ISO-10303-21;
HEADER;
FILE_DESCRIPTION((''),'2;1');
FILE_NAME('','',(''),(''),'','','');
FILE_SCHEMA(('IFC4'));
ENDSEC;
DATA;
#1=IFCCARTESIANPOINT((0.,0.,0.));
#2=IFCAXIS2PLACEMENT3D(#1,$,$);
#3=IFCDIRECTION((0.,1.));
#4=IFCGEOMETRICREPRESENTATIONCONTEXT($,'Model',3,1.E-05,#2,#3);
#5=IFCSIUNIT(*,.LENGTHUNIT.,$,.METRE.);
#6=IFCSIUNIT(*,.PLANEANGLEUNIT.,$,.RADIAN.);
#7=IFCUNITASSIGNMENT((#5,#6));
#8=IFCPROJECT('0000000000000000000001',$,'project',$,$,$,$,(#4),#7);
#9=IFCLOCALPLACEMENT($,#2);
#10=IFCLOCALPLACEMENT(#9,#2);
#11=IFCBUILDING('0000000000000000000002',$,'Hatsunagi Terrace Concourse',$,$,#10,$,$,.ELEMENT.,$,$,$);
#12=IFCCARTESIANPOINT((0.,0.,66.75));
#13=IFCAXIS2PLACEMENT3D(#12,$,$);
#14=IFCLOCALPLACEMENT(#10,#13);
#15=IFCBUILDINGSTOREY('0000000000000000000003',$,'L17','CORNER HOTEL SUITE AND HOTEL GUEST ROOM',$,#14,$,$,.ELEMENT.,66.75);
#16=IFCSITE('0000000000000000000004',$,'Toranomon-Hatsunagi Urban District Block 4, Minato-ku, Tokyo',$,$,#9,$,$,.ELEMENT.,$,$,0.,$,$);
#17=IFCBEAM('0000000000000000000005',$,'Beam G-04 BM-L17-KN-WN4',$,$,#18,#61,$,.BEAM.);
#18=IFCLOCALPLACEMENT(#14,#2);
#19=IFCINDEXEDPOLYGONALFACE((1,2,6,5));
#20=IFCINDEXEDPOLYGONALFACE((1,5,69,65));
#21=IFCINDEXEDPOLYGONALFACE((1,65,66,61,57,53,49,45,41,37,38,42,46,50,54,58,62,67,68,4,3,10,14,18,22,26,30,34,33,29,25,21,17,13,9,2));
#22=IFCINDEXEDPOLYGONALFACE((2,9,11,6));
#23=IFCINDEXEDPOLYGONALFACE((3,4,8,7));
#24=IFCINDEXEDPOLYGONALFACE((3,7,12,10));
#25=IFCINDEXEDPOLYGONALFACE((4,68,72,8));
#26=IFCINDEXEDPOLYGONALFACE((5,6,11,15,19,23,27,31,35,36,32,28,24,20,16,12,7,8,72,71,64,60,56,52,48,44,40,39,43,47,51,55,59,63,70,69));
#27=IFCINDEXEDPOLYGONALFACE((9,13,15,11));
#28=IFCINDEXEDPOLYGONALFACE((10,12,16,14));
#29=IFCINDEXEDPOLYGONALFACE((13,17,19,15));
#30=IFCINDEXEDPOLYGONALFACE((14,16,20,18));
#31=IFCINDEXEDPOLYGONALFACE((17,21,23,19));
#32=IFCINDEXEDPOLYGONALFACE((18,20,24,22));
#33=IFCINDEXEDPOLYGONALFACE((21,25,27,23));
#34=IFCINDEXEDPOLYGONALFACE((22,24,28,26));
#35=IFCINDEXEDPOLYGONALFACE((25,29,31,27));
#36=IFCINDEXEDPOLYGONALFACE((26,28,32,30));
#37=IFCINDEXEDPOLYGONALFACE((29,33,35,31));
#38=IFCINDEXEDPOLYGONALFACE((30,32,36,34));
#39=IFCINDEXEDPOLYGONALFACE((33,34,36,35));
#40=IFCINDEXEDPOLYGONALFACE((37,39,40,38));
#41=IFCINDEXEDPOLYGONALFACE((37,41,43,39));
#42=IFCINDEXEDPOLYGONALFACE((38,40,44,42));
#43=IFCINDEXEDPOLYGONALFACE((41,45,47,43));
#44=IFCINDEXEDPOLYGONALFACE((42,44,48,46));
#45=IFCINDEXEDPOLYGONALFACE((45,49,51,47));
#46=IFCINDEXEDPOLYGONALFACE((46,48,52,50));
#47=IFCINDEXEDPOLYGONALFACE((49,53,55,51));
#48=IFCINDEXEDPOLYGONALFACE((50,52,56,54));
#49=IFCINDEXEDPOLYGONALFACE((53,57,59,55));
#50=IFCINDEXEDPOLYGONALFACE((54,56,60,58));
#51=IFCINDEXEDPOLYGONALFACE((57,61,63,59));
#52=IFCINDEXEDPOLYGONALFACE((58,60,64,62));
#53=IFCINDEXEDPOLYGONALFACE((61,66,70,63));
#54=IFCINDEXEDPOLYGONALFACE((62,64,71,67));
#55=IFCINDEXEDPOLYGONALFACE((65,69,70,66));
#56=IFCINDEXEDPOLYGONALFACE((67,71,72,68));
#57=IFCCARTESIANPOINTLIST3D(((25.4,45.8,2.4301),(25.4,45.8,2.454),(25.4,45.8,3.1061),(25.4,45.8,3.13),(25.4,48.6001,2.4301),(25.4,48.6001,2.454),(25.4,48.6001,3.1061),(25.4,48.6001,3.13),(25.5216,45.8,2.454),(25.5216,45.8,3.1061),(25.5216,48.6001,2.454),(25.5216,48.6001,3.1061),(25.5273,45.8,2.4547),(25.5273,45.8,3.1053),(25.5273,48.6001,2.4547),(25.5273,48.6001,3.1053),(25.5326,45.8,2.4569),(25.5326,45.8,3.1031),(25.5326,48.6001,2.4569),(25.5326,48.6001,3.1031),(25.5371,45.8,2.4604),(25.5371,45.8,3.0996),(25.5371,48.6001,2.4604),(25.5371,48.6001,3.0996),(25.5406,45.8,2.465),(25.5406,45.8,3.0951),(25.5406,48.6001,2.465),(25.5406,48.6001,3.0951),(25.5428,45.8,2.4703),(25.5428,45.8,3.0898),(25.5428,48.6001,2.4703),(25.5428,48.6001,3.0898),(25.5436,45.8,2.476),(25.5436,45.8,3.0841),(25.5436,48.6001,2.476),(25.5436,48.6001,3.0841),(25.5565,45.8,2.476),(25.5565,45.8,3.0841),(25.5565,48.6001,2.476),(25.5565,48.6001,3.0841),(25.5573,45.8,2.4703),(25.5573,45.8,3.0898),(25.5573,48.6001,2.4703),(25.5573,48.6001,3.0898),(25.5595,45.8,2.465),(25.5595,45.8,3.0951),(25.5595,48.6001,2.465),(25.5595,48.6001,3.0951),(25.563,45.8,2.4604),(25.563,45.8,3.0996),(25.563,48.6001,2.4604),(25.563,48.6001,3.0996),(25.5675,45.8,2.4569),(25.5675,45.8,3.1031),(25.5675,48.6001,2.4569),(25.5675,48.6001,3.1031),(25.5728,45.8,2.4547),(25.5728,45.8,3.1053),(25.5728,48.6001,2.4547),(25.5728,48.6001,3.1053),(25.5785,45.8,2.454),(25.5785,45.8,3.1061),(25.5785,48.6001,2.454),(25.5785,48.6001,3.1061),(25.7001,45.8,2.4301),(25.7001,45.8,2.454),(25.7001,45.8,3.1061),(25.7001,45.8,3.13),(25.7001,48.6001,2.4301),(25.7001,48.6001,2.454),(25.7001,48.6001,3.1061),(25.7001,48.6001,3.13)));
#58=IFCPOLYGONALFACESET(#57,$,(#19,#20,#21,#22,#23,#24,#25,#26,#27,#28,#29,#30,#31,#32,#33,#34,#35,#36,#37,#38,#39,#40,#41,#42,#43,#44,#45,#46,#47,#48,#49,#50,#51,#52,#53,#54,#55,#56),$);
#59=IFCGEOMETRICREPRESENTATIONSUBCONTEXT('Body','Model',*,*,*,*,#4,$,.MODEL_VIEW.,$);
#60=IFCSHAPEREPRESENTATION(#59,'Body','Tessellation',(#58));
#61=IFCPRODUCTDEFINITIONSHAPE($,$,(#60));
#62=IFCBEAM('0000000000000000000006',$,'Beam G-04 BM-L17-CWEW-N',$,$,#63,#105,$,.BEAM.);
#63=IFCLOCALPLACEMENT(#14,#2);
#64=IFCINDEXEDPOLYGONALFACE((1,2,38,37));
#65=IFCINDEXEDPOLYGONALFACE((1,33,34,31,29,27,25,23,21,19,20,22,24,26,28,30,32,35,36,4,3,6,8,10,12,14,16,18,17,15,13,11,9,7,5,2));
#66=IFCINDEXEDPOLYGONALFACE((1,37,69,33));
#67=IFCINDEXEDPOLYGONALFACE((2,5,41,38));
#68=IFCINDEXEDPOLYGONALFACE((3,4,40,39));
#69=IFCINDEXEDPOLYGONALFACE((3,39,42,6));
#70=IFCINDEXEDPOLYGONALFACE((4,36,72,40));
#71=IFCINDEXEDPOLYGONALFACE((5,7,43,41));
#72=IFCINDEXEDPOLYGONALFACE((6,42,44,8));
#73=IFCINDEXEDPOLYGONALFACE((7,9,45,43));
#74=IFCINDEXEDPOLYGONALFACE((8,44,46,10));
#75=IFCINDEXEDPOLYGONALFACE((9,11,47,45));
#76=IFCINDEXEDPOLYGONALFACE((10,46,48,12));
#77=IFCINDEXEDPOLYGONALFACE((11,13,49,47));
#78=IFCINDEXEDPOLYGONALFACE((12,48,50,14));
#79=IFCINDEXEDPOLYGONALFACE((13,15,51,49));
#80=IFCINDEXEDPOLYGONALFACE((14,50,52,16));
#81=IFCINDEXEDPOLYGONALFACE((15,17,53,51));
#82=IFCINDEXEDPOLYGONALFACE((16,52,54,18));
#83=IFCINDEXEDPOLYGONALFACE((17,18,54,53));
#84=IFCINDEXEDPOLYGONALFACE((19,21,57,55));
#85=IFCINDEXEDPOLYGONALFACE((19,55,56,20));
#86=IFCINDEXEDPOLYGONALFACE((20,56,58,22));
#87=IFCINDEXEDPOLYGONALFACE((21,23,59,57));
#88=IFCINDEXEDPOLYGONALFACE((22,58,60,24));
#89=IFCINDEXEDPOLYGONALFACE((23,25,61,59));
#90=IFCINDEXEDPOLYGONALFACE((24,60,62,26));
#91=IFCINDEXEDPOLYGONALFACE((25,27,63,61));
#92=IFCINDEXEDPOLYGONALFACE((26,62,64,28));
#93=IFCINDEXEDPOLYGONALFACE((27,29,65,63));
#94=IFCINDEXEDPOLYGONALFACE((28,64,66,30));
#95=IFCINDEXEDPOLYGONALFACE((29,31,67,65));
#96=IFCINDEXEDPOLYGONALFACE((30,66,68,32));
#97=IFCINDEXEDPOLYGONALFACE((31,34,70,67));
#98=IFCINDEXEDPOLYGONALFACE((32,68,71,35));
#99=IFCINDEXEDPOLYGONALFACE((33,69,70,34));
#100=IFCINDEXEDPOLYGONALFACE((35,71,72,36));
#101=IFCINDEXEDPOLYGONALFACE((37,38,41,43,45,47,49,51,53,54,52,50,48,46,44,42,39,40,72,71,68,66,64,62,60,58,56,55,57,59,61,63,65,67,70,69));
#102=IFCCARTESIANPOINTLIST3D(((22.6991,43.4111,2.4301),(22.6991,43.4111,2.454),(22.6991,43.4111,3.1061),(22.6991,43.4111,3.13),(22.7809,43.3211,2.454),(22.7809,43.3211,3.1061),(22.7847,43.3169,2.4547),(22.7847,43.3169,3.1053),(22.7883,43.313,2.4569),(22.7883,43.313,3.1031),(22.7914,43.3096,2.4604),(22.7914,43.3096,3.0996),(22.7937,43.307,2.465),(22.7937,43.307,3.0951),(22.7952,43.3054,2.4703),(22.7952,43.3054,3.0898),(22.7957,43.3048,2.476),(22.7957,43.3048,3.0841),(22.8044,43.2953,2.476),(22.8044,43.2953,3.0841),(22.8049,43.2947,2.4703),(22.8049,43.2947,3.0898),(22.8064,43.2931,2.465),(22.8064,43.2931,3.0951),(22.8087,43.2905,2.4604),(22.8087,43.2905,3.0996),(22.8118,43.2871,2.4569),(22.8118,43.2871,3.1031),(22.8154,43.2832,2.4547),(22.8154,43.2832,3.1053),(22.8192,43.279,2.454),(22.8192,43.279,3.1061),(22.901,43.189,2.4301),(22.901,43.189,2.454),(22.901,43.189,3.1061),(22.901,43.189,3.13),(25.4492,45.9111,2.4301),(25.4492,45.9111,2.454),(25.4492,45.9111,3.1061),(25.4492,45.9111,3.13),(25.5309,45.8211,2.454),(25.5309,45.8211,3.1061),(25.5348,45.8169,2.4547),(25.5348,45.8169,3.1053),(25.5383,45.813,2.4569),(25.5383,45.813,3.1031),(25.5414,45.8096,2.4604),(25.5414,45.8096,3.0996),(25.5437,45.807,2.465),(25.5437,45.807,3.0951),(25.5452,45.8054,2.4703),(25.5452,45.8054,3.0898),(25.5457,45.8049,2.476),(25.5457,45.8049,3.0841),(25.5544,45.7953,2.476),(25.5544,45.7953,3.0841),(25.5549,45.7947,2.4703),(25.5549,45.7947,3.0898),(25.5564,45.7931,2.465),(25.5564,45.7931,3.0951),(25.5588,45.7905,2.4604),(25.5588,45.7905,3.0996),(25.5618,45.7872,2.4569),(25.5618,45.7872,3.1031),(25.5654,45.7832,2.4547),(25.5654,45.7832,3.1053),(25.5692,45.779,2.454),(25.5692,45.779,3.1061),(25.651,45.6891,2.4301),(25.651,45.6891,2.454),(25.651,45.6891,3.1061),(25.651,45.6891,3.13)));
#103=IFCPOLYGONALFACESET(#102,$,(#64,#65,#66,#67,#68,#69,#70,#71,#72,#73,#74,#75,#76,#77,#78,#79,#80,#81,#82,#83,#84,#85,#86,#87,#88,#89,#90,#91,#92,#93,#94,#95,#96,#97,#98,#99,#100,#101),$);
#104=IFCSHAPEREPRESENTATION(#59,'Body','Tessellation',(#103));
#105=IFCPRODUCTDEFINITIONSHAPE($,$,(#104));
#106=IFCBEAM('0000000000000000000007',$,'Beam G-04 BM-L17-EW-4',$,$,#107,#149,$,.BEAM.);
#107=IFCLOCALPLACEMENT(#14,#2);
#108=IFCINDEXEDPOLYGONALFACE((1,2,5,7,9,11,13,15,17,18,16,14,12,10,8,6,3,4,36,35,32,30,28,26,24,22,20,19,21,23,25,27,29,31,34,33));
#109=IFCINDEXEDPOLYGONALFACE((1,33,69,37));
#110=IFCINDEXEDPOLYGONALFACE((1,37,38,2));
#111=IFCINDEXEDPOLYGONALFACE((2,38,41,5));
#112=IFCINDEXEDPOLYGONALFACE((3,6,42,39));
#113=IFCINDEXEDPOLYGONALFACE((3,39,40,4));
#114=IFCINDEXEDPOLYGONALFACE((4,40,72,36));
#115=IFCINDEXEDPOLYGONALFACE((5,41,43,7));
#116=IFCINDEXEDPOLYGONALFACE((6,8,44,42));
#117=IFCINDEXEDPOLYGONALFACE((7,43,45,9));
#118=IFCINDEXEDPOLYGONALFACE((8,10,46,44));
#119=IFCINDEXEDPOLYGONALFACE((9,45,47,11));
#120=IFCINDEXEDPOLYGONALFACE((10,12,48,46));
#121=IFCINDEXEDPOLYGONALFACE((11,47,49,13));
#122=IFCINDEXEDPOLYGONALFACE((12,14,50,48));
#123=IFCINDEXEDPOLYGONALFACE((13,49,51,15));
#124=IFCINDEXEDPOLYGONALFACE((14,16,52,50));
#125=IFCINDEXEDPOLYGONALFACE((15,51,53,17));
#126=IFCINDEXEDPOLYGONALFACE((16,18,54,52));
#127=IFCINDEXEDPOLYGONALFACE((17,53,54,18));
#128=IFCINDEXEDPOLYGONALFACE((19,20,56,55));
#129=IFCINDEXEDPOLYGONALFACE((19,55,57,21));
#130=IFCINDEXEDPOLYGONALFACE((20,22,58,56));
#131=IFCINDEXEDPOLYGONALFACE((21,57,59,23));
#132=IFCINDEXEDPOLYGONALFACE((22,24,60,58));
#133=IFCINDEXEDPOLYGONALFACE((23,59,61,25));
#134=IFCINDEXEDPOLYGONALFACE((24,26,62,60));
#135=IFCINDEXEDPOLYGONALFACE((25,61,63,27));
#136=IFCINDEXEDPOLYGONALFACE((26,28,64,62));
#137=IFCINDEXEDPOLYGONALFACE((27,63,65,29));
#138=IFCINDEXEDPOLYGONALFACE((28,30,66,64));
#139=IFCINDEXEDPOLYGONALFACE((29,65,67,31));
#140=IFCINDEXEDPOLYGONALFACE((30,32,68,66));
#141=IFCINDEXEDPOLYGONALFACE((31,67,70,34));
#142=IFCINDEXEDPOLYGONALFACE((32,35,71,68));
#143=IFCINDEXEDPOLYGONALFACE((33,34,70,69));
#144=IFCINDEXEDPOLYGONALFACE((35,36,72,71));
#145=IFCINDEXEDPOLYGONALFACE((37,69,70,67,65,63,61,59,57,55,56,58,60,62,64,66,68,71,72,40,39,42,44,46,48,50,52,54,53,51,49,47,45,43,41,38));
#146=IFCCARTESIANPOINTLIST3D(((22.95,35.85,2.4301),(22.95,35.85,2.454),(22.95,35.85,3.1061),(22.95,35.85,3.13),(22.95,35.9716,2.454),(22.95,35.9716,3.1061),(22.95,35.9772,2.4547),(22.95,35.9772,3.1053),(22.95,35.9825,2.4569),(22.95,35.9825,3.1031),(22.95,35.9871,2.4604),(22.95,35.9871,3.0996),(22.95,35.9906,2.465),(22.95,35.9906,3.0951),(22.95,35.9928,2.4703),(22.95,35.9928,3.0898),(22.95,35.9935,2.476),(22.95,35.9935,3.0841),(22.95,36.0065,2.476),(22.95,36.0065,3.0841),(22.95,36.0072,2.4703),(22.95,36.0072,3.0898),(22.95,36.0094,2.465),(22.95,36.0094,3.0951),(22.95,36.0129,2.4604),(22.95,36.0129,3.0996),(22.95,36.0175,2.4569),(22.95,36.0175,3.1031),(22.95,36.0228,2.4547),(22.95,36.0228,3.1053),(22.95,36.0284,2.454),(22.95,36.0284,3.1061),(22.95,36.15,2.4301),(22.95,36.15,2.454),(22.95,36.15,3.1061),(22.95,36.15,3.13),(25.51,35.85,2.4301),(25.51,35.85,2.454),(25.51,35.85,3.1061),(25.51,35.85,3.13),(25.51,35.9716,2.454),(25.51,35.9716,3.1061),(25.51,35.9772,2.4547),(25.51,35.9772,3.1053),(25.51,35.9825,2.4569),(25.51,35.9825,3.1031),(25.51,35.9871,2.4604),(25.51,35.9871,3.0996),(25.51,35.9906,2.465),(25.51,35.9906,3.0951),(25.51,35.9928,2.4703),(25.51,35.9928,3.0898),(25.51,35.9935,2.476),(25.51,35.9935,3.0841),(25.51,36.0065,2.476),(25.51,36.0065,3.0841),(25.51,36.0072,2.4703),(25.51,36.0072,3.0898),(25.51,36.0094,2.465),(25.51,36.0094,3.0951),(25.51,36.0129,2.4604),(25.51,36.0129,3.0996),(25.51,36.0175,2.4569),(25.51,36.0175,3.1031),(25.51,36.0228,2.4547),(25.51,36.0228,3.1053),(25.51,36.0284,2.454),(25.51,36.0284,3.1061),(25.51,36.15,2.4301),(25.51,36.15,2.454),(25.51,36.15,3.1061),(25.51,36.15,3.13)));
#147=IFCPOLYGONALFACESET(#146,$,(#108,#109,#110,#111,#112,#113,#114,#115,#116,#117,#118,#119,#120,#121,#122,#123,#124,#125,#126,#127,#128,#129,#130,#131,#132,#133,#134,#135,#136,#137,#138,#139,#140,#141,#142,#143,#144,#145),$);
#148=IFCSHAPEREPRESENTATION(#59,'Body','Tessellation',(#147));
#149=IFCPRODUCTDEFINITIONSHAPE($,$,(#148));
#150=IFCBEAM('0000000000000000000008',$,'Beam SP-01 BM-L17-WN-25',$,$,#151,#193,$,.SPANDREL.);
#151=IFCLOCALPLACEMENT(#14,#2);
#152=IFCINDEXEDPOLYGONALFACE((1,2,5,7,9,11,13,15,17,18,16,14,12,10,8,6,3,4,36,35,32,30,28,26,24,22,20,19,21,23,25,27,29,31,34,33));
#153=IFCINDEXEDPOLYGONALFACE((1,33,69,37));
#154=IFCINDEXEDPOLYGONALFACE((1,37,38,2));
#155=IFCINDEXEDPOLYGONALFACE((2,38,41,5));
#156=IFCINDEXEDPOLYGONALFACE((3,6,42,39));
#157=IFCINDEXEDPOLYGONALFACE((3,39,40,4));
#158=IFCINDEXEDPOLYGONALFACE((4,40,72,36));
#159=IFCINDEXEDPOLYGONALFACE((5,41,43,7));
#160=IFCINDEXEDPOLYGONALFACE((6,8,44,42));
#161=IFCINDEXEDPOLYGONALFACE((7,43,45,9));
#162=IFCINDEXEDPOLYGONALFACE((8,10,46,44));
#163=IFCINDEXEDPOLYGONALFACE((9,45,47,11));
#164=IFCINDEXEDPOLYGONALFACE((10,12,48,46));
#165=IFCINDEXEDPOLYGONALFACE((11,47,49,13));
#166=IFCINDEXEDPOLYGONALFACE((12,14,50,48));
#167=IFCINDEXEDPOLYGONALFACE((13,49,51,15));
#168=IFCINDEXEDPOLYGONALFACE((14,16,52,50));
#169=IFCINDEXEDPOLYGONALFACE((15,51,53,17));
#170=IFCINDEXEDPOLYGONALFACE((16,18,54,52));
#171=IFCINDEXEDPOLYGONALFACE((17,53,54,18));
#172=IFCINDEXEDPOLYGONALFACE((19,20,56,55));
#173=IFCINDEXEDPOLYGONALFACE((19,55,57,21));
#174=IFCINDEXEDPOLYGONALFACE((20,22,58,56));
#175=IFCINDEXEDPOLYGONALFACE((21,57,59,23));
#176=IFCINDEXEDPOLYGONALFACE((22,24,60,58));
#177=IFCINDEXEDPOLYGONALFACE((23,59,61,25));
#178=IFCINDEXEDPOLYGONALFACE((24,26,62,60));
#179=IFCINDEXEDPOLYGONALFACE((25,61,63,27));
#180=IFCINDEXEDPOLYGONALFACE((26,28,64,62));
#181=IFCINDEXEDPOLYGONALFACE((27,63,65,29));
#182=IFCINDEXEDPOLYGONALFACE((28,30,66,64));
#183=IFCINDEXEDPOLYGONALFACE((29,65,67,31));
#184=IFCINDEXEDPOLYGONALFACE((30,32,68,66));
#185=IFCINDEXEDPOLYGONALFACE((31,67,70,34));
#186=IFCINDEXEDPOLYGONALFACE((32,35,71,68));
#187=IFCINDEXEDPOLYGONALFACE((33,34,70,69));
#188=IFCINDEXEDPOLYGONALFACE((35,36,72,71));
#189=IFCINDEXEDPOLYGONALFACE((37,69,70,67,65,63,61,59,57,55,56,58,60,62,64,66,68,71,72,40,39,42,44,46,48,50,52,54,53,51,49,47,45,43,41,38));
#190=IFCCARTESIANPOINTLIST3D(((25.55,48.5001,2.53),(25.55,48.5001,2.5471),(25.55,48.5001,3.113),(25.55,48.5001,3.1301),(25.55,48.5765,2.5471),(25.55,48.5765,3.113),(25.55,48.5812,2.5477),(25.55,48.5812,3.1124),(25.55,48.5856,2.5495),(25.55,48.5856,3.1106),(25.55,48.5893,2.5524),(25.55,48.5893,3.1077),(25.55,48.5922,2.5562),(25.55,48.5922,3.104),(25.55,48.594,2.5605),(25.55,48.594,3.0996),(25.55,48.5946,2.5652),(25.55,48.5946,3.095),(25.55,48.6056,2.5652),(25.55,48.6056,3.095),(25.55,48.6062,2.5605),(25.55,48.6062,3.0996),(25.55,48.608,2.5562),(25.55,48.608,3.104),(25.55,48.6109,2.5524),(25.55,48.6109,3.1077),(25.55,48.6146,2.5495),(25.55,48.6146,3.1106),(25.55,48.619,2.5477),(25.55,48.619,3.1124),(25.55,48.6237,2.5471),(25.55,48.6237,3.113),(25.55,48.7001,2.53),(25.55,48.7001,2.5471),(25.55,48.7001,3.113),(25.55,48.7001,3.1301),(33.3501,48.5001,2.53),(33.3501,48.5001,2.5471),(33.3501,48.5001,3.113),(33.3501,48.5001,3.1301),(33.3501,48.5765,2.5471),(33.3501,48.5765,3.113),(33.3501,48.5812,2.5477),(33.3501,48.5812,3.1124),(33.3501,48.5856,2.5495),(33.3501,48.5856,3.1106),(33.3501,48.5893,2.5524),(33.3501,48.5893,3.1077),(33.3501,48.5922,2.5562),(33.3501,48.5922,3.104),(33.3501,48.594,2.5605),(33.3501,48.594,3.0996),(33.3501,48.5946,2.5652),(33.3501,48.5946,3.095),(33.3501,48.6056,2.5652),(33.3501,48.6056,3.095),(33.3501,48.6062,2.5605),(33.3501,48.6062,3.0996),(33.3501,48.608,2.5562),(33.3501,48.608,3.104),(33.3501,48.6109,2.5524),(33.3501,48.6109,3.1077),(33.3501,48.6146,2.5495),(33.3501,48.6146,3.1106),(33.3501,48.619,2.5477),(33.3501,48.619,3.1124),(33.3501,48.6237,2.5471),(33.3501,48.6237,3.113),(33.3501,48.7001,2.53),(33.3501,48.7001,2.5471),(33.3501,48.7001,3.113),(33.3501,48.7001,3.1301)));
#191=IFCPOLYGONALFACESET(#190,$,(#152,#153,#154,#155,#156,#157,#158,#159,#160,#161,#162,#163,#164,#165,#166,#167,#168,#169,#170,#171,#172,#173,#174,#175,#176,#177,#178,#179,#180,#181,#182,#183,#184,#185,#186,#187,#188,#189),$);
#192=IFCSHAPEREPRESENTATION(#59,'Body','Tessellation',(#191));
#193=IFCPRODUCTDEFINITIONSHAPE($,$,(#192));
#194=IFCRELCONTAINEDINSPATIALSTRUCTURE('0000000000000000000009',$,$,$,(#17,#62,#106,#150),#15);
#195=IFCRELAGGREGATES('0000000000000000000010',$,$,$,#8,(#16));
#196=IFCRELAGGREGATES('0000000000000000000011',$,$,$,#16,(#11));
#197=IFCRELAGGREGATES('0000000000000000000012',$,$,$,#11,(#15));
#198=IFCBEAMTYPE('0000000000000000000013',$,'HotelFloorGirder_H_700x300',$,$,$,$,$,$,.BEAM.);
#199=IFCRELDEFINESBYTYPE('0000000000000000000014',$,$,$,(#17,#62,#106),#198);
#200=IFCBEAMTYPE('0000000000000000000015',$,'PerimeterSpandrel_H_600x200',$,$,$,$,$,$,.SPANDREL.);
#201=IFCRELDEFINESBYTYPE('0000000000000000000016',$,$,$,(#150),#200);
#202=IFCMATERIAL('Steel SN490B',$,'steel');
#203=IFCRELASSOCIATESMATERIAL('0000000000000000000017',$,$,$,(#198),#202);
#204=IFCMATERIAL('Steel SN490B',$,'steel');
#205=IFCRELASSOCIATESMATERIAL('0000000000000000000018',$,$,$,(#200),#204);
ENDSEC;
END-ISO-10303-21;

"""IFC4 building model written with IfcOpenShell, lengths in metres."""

from ifc_helpers import new_model, si_unit, direction, frame, origin, origin_2d, place, context, subcontext, project, spatial, i_section, extrude, material, material_profile, profile_set, type_object, element, save


model = new_model("IFC4")

# Units and contexts
model_context = context("Model", 3, precision=1e-05, world=origin(), true_north=direction((0.0, 1.0)))
body_context = subcontext(model_context, "Body", "Model", "MODEL_VIEW")
ifc_project = project(units=[si_unit("LENGTHUNIT", "METRE"), si_unit("PLANEANGLEUNIT", "RADIAN")], contexts=[model_context])

# Site, building, storey
site_placement = place(None, origin())
site = spatial("IfcSite", under=ifc_project, at=site_placement, Name="Toranomon-Hatsunagi Urban District Block 4, Minato-ku, Tokyo", CompositionType="ELEMENT", RefElevation=0.0)
building_placement = place(site_placement, origin())
building = spatial("IfcBuilding", under=site, at=building_placement, Name="Hatsunagi Terrace Concourse", CompositionType="ELEMENT")
storey_placement = place(building_placement, frame((0.0, 0.0, 66.75)))
storey = spatial("IfcBuildingStorey", under=building, at=storey_placement, Name="L17", Description="CORNER HOTEL SUITE AND HOTEL GUEST ROOM", CompositionType="ELEMENT", Elevation=66.75)

# Beams
ifc_material_1 = material(Name="Steel SN490B", Category="steel")
ifc_material_profile_1 = material_profile(ifc_material_1, i_section(OverallWidth=0.3, OverallDepth=0.7, WebThickness=0.0129, FlangeThickness=0.0239, FilletRadius=0.022, at=origin_2d()), Name="H-700x300x13x24")
ifc_profile_set_1 = profile_set([ifc_material_profile_1], Name="Steel SN490B")
beam_type_1 = type_object("IfcBeamType", Name="HotelFloorGirder_H_700x300", PredefinedType="BEAM", material=ifc_profile_set_1)
beam_1_placement = place(storey_placement, frame((25.55, 45.8, 2.78), z_axis=(0.0, 1.0, 0.0), x_axis=(-1.0, 0.0, 0.0)))
element("IfcBeam", 1, at=beam_1_placement, inside=storey, type_object=beam_type_1, Name="Beam G-04 BM-L17-KN-WN4", PredefinedType="BEAM", context=body_context, shape_type="SweptSolid", body=[
    extrude(i_section(OverallWidth=0.3, OverallDepth=0.7, WebThickness=0.0129, FlangeThickness=0.0239, FilletRadius=0.022, at=origin_2d()), origin(), (0.0, 0.0, 1.0), 2.8),
])
beam_2_placement = place(storey_placement, frame((22.8, 43.3, 2.78), z_axis=(0.73994, 0.672673, 0.0), x_axis=(-0.672673, 0.73994, 0.0)))
element("IfcBeam", 2, at=beam_2_placement, inside=storey, type_object=beam_type_1, Name="Beam G-04 BM-L17-CWEW-N", PredefinedType="BEAM", context=body_context, shape_type="SweptSolid", body=[
    extrude(i_section(OverallWidth=0.3, OverallDepth=0.7, WebThickness=0.0129, FlangeThickness=0.0239, FilletRadius=0.022, at=origin_2d()), origin(), (0.0, 0.0, 1.0), 3.7166),
])
beam_3_placement = place(storey_placement, frame((22.95, 36.0, 2.78), z_axis=(1.0, 0.0, 0.0), x_axis=(0.0, 1.0, 0.0)))
element("IfcBeam", 3, at=beam_3_placement, inside=storey, type_object=beam_type_1, Name="Beam G-04 BM-L17-EW-4", PredefinedType="BEAM", context=body_context, shape_type="SweptSolid", body=[
    extrude(i_section(OverallWidth=0.3, OverallDepth=0.7, WebThickness=0.0129, FlangeThickness=0.0239, FilletRadius=0.022, at=origin_2d()), origin(), (0.0, 0.0, 1.0), 2.5601),
])
ifc_material_2 = material(Name="Steel SN490B", Category="steel")
ifc_material_profile_2 = material_profile(ifc_material_2, i_section(OverallWidth=0.2, OverallDepth=0.6001, WebThickness=0.011, FlangeThickness=0.0171, FilletRadius=0.0181, at=origin_2d()), Name="H-600x200x11x17")
ifc_profile_set_2 = profile_set([ifc_material_profile_2], Name="Steel SN490B")
beam_type_2 = type_object("IfcBeamType", Name="PerimeterSpandrel_H_600x200", PredefinedType="SPANDREL", material=ifc_profile_set_2)
beam_4_placement = place(storey_placement, frame((25.55, 48.6001, 2.8301), z_axis=(1.0, 0.0, 0.0), x_axis=(0.0, 1.0, 0.0)))
element("IfcBeam", 4, at=beam_4_placement, inside=storey, type_object=beam_type_2, Name="Beam SP-01 BM-L17-WN-25", PredefinedType="SPANDREL", context=body_context, shape_type="SweptSolid", body=[
    extrude(i_section(OverallWidth=0.2, OverallDepth=0.6001, WebThickness=0.011, FlangeThickness=0.0171, FilletRadius=0.0181, at=origin_2d()), origin(), (0.0, 0.0, 1.0), 7.8),
])

save(model, "model.ifc")
